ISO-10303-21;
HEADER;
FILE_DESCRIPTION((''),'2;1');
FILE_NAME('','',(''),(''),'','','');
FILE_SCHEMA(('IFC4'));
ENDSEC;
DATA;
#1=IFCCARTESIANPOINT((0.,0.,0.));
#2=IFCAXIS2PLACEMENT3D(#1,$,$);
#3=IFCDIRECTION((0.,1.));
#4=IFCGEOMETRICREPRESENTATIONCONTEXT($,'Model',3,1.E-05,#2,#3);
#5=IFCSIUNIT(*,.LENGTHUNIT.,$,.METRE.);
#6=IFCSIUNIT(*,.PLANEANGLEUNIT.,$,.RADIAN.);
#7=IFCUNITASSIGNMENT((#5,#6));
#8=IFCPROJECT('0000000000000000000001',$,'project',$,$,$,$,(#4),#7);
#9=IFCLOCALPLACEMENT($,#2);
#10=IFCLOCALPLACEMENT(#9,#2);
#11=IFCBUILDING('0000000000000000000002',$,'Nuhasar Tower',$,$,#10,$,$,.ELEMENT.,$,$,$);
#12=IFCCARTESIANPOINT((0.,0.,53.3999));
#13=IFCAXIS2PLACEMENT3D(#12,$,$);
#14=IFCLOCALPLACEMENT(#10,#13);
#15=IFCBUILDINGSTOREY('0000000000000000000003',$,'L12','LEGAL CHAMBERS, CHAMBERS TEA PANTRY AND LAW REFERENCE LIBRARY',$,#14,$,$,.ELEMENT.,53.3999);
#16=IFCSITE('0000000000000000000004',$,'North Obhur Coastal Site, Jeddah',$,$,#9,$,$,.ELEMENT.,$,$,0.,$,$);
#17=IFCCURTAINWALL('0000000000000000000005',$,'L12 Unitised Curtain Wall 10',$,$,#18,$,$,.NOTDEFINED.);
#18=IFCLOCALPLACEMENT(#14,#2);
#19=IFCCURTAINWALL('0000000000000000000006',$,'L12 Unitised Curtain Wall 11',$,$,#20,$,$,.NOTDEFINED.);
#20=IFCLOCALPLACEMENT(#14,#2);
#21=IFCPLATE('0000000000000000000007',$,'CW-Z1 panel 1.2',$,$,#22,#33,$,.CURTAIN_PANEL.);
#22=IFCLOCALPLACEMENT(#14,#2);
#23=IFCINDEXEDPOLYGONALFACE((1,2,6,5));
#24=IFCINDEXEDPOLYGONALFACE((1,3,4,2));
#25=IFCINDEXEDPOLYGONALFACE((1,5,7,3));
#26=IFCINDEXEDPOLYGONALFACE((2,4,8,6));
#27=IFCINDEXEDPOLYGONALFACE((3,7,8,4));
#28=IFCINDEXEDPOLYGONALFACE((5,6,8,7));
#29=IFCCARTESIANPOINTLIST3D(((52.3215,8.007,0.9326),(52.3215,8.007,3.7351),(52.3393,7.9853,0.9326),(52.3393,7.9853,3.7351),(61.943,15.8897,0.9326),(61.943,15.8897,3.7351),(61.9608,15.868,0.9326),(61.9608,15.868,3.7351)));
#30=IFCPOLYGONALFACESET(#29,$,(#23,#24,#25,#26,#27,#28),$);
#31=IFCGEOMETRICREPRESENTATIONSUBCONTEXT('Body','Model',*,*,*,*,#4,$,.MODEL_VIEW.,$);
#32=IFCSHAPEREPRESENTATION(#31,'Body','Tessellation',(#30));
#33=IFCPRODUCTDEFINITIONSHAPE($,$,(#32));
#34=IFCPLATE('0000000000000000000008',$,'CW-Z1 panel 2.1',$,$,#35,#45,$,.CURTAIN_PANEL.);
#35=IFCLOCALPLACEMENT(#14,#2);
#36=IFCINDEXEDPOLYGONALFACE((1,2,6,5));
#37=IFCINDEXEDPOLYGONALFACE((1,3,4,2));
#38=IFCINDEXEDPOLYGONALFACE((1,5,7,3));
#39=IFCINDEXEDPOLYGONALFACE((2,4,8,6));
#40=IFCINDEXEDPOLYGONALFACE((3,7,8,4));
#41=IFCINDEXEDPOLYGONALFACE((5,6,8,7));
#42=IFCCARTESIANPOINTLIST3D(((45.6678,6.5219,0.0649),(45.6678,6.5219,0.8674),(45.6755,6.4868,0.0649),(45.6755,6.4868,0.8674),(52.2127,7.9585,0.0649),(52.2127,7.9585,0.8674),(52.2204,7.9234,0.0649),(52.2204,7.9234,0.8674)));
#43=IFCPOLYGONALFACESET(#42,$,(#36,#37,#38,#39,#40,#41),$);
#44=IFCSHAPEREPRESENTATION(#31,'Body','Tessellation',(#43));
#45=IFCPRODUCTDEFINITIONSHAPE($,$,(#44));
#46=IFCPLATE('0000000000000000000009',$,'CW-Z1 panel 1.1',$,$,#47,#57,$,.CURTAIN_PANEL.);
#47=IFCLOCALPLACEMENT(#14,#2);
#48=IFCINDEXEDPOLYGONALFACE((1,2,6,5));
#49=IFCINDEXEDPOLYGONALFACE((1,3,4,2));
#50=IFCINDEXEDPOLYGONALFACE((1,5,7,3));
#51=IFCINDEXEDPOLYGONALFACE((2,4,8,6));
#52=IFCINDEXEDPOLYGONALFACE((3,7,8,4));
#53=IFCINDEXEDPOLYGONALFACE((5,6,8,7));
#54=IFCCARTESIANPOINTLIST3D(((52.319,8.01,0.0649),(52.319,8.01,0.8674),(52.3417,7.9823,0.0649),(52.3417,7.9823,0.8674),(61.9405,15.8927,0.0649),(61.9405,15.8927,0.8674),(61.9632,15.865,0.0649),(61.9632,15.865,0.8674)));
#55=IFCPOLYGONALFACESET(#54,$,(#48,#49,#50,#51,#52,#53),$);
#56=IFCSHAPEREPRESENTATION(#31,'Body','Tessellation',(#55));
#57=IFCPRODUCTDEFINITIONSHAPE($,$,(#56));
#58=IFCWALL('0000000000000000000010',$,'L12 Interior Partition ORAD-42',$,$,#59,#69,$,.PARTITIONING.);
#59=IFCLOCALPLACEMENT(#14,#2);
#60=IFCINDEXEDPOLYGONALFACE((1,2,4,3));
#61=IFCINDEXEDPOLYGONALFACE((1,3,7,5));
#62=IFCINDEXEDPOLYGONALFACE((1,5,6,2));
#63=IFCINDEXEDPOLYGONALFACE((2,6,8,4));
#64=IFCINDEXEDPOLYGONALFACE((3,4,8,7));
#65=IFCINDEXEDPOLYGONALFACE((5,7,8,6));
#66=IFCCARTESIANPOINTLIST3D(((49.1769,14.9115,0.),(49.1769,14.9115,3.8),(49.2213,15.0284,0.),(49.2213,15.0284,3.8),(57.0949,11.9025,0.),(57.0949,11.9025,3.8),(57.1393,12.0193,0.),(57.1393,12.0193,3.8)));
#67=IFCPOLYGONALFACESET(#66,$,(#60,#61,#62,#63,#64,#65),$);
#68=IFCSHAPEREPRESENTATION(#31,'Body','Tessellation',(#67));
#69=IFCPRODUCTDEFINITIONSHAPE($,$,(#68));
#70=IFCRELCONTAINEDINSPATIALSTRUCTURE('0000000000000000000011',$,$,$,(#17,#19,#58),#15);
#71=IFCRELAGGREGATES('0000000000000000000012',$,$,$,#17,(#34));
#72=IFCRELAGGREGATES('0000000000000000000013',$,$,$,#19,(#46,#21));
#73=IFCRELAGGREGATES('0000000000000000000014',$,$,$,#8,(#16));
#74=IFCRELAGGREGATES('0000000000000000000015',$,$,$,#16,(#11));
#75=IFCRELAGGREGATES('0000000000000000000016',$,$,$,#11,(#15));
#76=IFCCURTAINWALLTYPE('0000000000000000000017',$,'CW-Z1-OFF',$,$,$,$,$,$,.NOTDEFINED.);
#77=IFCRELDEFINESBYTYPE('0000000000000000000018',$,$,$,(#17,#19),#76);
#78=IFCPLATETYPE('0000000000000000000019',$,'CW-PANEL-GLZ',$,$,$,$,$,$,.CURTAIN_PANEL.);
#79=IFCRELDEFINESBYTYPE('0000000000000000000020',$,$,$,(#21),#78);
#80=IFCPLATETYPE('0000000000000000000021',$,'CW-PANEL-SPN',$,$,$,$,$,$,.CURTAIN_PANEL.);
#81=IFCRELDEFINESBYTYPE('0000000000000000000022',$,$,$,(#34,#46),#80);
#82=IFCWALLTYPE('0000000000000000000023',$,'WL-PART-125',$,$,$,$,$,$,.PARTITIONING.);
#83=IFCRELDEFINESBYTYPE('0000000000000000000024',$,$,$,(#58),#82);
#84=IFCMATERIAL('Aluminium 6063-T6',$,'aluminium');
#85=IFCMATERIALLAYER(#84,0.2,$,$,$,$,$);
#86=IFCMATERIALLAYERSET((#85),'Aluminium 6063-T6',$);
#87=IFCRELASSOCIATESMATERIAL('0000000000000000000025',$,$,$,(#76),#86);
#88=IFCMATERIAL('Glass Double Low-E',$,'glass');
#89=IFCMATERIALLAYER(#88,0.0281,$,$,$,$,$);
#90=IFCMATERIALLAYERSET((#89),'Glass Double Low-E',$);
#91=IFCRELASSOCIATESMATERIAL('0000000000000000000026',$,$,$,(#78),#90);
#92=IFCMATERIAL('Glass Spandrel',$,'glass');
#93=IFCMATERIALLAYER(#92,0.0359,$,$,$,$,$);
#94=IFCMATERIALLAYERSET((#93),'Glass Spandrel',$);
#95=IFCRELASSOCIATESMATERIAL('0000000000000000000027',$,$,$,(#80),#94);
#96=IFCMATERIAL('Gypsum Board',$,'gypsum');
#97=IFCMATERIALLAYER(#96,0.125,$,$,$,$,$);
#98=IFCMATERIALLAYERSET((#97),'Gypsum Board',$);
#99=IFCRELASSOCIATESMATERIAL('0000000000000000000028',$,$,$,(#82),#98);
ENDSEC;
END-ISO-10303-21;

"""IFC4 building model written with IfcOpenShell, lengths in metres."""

from ifc_helpers import new_model, si_unit, direction, frame, frame_2d, origin, origin_2d, place, context, subcontext, project, spatial, rectangle, extrude, material, layer, layer_set, type_object, element, aggregate, save


model = new_model("IFC4")

# Units and contexts
model_context = context("Model", 3, precision=1e-05, world=origin(), true_north=direction((0.0, 1.0)))
body_context = subcontext(model_context, "Body", "Model", "MODEL_VIEW")
ifc_project = project(units=[si_unit("LENGTHUNIT", "METRE"), si_unit("PLANEANGLEUNIT", "RADIAN")], contexts=[model_context])

# Site, building, storey
site_placement = place(None, origin())
site = spatial("IfcSite", under=ifc_project, at=site_placement, Name="North Obhur Coastal Site, Jeddah", CompositionType="ELEMENT", RefElevation=0.0)
building_placement = place(site_placement, origin())
building = spatial("IfcBuilding", under=site, at=building_placement, Name="Nuhasar Tower", CompositionType="ELEMENT")
storey_placement = place(building_placement, frame((0.0, 0.0, 53.3999)))
storey = spatial("IfcBuildingStorey", under=building, at=storey_placement, Name="L12", Description="LEGAL CHAMBERS, CHAMBERS TEA PANTRY AND LAW REFERENCE LIBRARY", CompositionType="ELEMENT", Elevation=53.3999)

# Curtain wall
ifc_material_1 = material(Name="Aluminium 6063-T6", Category="aluminium")
ifc_layer_1 = layer(ifc_material_1, 0.2)
ifc_layer_set_1 = layer_set([ifc_layer_1], Name="Aluminium 6063-T6")
curtain_wall_type = type_object("IfcCurtainWallType", Name="CW-Z1-OFF", PredefinedType="NOTDEFINED", material=ifc_layer_set_1)
curtain_wall_1_placement = place(storey_placement, origin())
curtain_wall_1 = element("IfcCurtainWall", 1, at=curtain_wall_1_placement, inside=storey, type_object=curtain_wall_type, Name="L12 Unitised Curtain Wall 10", PredefinedType="NOTDEFINED")

# Curtain wall
curtain_wall_2_placement = place(storey_placement, origin())
curtain_wall_2 = element("IfcCurtainWall", 2, at=curtain_wall_2_placement, inside=storey, type_object=curtain_wall_type, Name="L12 Unitised Curtain Wall 11", PredefinedType="NOTDEFINED")

# Plates
ifc_material_2 = material(Name="Glass Double Low-E", Category="glass")
ifc_layer_2 = layer(ifc_material_2, 0.0281)
ifc_layer_set_2 = layer_set([ifc_layer_2], Name="Glass Double Low-E")
plate_type_1 = type_object("IfcPlateType", Name="CW-PANEL-GLZ", PredefinedType="CURTAIN_PANEL", material=ifc_layer_set_2)
plate_1_placement = place(storey_placement, frame((57.1411, 11.9375, 0.9326), z_axis=(0.0, 0.0, 1.0), x_axis=(0.773542, 0.633745, 0.0)))
plate_1 = element("IfcPlate", 3, at=plate_1_placement, type_object=plate_type_1, Name="CW-Z1 panel 1.2", PredefinedType="CURTAIN_PANEL", context=body_context, shape_type="SweptSolid", body=[
    extrude(rectangle(XDim=12.4382, YDim=0.0281, at=origin_2d()), origin(), (0.0, 0.0, 1.0), 2.8025),
])
ifc_material_3 = material(Name="Glass Spandrel", Category="glass")
ifc_layer_3 = layer(ifc_material_3, 0.0359)
ifc_layer_set_3 = layer_set([ifc_layer_3], Name="Glass Spandrel")
plate_type_2 = type_object("IfcPlateType", Name="CW-PANEL-SPN", PredefinedType="CURTAIN_PANEL", material=ifc_layer_set_3)
plate_2_placement = place(storey_placement, frame((48.9441, 7.2227, 0.0649), z_axis=(0.0, 0.0, 1.0), x_axis=(0.976746, 0.214399, 0.0)))
plate_2 = element("IfcPlate", 4, at=plate_2_placement, type_object=plate_type_2, Name="CW-Z1 panel 2.1", PredefinedType="CURTAIN_PANEL", context=body_context, shape_type="SweptSolid", body=[
    extrude(rectangle(XDim=6.7007, YDim=0.0359, at=origin_2d()), origin(), (0.0, 0.0, 1.0), 0.8025),
])
aggregate(curtain_wall_1, [plate_2])
plate_3_placement = place(storey_placement, frame((57.1411, 11.9375, 0.0649), z_axis=(0.0, 0.0, 1.0), x_axis=(0.773542, 0.633745, 0.0)))
plate_3 = element("IfcPlate", 5, at=plate_3_placement, type_object=plate_type_2, Name="CW-Z1 panel 1.1", PredefinedType="CURTAIN_PANEL", context=body_context, shape_type="SweptSolid", body=[
    extrude(rectangle(XDim=12.4382, YDim=0.0359, at=origin_2d()), origin(), (0.0, 0.0, 1.0), 0.8025),
])
aggregate(curtain_wall_2, [plate_3, plate_1])

# Wall
ifc_material_4 = material(Name="Gypsum Board", Category="gypsum")
ifc_layer_4 = layer(ifc_material_4, 0.125)
ifc_layer_set_4 = layer_set([ifc_layer_4], Name="Gypsum Board")
wall_type = type_object("IfcWallType", Name="WL-PART-125", PredefinedType="PARTITIONING", material=ifc_layer_set_4)
wall_placement = place(storey_placement, frame((49.199, 14.97, 0.0), z_axis=(0.0, 0.0, 1.0), x_axis=(0.934776, -0.355239, 0.0)))
element("IfcWall", 6, at=wall_placement, inside=storey, type_object=wall_type, Name="L12 Interior Partition ORAD-42", PredefinedType="PARTITIONING", context=body_context, shape_type="SweptSolid", body=[
    extrude(rectangle(XDim=8.4705, YDim=0.125, at=frame_2d((4.2354, 0.0))), origin(), (0.0, 0.0, 1.0), 3.8),
])

save(model, "model.ifc")
